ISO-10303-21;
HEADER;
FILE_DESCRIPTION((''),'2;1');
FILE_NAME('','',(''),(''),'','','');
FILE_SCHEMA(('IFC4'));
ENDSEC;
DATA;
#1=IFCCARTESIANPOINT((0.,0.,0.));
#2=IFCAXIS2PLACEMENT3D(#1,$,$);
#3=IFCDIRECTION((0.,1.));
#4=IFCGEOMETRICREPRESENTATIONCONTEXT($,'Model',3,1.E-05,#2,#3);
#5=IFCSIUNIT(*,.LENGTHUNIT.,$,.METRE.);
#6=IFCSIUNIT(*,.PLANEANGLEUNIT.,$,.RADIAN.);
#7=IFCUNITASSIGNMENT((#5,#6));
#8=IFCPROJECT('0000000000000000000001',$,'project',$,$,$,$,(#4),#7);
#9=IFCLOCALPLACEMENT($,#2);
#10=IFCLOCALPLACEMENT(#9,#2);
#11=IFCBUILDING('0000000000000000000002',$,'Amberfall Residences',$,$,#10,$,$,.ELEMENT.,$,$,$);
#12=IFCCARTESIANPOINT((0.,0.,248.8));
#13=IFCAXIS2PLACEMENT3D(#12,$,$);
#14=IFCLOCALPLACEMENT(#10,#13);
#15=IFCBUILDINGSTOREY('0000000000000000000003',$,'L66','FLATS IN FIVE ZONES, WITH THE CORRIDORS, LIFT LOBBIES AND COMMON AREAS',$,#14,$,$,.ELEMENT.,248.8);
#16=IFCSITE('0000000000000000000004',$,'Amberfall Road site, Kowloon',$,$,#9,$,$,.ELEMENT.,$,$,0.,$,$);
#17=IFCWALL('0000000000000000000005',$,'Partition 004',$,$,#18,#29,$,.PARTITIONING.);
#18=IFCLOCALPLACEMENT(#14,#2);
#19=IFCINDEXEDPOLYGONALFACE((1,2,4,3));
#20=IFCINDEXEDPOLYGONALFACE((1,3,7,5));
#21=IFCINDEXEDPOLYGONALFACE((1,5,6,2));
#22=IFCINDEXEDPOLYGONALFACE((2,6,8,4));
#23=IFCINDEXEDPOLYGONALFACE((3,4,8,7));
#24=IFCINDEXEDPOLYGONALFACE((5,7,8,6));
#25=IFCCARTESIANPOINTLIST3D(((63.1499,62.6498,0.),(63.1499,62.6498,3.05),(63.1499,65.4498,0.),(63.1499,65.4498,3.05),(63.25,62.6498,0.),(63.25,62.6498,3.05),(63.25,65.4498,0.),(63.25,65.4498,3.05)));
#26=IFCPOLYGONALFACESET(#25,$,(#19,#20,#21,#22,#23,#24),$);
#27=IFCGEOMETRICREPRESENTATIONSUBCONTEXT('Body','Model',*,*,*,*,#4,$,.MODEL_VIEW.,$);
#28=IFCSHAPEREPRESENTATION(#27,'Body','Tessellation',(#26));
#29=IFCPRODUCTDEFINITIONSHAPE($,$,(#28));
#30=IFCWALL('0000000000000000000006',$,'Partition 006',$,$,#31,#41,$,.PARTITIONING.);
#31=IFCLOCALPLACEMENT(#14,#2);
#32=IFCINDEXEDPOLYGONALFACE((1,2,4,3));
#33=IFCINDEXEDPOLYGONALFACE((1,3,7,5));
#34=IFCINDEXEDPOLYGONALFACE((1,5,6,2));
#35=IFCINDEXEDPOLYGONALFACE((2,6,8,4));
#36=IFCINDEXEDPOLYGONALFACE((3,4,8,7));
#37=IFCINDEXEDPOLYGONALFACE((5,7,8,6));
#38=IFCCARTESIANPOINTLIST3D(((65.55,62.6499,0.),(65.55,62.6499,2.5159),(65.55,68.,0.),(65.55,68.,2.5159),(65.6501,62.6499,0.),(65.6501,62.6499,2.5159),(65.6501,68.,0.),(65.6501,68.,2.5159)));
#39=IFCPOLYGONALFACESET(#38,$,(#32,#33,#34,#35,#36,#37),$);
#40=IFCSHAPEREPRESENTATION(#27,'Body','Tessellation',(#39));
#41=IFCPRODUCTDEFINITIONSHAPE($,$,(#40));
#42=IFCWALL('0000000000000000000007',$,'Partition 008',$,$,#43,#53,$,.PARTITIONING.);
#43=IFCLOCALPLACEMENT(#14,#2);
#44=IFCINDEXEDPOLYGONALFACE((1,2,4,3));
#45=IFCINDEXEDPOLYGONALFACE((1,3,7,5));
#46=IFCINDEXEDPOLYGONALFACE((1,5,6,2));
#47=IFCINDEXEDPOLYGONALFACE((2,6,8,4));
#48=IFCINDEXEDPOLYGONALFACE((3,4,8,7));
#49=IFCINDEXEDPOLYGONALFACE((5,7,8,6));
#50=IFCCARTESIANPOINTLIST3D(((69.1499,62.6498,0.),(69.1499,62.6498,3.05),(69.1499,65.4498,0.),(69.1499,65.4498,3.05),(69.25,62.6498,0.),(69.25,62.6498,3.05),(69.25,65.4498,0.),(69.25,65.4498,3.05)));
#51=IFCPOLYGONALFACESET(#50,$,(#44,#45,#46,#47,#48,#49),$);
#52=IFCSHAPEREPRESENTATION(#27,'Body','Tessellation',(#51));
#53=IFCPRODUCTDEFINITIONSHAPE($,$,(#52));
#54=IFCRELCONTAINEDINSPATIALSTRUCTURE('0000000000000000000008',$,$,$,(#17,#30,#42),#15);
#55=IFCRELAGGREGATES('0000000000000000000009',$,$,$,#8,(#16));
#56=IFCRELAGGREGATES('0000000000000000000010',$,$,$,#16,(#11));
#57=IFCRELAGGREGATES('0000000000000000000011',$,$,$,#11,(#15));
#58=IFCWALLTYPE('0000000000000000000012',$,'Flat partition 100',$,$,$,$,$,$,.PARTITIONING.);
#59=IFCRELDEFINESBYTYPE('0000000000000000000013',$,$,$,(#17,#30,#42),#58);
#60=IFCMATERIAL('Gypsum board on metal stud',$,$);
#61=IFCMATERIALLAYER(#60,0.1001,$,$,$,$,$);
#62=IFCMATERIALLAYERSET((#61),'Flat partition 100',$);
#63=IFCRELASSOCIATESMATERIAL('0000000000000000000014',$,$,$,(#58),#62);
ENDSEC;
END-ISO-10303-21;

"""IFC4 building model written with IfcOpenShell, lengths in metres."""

from ifc_helpers import new_model, si_unit, direction, frame, frame_2d, origin, place, context, subcontext, project, spatial, rectangle, extrude, material, layer, layer_set, type_object, element, save


model = new_model("IFC4")

# Units and contexts
model_context = context("Model", 3, precision=1e-05, world=origin(), true_north=direction((0.0, 1.0)))
body_context = subcontext(model_context, "Body", "Model", "MODEL_VIEW")
ifc_project = project(units=[si_unit("LENGTHUNIT", "METRE"), si_unit("PLANEANGLEUNIT", "RADIAN")], contexts=[model_context])

# Site, building, storey
site_placement = place(None, origin())
site = spatial("IfcSite", under=ifc_project, at=site_placement, Name="Amberfall Road site, Kowloon", CompositionType="ELEMENT", RefElevation=0.0)
building_placement = place(site_placement, origin())
building = spatial("IfcBuilding", under=site, at=building_placement, Name="Amberfall Residences", CompositionType="ELEMENT")
storey_placement = place(building_placement, frame((0.0, 0.0, 248.8)))
storey = spatial("IfcBuildingStorey", under=building, at=storey_placement, Name="L66", Description="FLATS IN FIVE ZONES, WITH THE CORRIDORS, LIFT LOBBIES AND COMMON AREAS", CompositionType="ELEMENT", Elevation=248.8)

# Walls
ifc_material_1 = material(Name="Gypsum board on metal stud")
ifc_layer_1 = layer(ifc_material_1, 0.1001)
ifc_layer_set_1 = layer_set([ifc_layer_1], Name="Flat partition 100")
wall_type_1 = type_object("IfcWallType", Name="Flat partition 100", PredefinedType="PARTITIONING", material=ifc_layer_set_1)
wall_1_placement = place(storey_placement, frame((63.2, 62.6499, 0.0), z_axis=(0.0, 0.0, 1.0), x_axis=(0.0, 1.0, 0.0)))
element("IfcWall", 1, at=wall_1_placement, inside=storey, type_object=wall_type_1, Name="Partition 004", PredefinedType="PARTITIONING", context=body_context, shape_type="SweptSolid", body=[
    extrude(rectangle(XDim=2.8, YDim=0.1001, at=frame_2d((1.3999, 0.0))), origin(), (0.0, 0.0, 1.0), 3.05),
])
wall_2_placement = place(storey_placement, frame((65.6001, 62.6499, 0.0), z_axis=(0.0, 0.0, 1.0), x_axis=(0.0, 1.0, 0.0)))
element("IfcWall", 2, at=wall_2_placement, inside=storey, type_object=wall_type_1, Name="Partition 006", PredefinedType="PARTITIONING", context=body_context, shape_type="SweptSolid", body=[
    extrude(rectangle(XDim=5.3501, YDim=0.1001, at=frame_2d((2.675, 0.0))), origin(), (0.0, 0.0, 1.0), 2.5159),
])
wall_3_placement = place(storey_placement, frame((69.2, 62.6499, 0.0), z_axis=(0.0, 0.0, 1.0), x_axis=(0.0, 1.0, 0.0)))
element("IfcWall", 3, at=wall_3_placement, inside=storey, type_object=wall_type_1, Name="Partition 008", PredefinedType="PARTITIONING", context=body_context, shape_type="SweptSolid", body=[
    extrude(rectangle(XDim=2.8, YDim=0.1001, at=frame_2d((1.3999, 0.0))), origin(), (0.0, 0.0, 1.0), 3.05),
])

save(model, "model.ifc")
